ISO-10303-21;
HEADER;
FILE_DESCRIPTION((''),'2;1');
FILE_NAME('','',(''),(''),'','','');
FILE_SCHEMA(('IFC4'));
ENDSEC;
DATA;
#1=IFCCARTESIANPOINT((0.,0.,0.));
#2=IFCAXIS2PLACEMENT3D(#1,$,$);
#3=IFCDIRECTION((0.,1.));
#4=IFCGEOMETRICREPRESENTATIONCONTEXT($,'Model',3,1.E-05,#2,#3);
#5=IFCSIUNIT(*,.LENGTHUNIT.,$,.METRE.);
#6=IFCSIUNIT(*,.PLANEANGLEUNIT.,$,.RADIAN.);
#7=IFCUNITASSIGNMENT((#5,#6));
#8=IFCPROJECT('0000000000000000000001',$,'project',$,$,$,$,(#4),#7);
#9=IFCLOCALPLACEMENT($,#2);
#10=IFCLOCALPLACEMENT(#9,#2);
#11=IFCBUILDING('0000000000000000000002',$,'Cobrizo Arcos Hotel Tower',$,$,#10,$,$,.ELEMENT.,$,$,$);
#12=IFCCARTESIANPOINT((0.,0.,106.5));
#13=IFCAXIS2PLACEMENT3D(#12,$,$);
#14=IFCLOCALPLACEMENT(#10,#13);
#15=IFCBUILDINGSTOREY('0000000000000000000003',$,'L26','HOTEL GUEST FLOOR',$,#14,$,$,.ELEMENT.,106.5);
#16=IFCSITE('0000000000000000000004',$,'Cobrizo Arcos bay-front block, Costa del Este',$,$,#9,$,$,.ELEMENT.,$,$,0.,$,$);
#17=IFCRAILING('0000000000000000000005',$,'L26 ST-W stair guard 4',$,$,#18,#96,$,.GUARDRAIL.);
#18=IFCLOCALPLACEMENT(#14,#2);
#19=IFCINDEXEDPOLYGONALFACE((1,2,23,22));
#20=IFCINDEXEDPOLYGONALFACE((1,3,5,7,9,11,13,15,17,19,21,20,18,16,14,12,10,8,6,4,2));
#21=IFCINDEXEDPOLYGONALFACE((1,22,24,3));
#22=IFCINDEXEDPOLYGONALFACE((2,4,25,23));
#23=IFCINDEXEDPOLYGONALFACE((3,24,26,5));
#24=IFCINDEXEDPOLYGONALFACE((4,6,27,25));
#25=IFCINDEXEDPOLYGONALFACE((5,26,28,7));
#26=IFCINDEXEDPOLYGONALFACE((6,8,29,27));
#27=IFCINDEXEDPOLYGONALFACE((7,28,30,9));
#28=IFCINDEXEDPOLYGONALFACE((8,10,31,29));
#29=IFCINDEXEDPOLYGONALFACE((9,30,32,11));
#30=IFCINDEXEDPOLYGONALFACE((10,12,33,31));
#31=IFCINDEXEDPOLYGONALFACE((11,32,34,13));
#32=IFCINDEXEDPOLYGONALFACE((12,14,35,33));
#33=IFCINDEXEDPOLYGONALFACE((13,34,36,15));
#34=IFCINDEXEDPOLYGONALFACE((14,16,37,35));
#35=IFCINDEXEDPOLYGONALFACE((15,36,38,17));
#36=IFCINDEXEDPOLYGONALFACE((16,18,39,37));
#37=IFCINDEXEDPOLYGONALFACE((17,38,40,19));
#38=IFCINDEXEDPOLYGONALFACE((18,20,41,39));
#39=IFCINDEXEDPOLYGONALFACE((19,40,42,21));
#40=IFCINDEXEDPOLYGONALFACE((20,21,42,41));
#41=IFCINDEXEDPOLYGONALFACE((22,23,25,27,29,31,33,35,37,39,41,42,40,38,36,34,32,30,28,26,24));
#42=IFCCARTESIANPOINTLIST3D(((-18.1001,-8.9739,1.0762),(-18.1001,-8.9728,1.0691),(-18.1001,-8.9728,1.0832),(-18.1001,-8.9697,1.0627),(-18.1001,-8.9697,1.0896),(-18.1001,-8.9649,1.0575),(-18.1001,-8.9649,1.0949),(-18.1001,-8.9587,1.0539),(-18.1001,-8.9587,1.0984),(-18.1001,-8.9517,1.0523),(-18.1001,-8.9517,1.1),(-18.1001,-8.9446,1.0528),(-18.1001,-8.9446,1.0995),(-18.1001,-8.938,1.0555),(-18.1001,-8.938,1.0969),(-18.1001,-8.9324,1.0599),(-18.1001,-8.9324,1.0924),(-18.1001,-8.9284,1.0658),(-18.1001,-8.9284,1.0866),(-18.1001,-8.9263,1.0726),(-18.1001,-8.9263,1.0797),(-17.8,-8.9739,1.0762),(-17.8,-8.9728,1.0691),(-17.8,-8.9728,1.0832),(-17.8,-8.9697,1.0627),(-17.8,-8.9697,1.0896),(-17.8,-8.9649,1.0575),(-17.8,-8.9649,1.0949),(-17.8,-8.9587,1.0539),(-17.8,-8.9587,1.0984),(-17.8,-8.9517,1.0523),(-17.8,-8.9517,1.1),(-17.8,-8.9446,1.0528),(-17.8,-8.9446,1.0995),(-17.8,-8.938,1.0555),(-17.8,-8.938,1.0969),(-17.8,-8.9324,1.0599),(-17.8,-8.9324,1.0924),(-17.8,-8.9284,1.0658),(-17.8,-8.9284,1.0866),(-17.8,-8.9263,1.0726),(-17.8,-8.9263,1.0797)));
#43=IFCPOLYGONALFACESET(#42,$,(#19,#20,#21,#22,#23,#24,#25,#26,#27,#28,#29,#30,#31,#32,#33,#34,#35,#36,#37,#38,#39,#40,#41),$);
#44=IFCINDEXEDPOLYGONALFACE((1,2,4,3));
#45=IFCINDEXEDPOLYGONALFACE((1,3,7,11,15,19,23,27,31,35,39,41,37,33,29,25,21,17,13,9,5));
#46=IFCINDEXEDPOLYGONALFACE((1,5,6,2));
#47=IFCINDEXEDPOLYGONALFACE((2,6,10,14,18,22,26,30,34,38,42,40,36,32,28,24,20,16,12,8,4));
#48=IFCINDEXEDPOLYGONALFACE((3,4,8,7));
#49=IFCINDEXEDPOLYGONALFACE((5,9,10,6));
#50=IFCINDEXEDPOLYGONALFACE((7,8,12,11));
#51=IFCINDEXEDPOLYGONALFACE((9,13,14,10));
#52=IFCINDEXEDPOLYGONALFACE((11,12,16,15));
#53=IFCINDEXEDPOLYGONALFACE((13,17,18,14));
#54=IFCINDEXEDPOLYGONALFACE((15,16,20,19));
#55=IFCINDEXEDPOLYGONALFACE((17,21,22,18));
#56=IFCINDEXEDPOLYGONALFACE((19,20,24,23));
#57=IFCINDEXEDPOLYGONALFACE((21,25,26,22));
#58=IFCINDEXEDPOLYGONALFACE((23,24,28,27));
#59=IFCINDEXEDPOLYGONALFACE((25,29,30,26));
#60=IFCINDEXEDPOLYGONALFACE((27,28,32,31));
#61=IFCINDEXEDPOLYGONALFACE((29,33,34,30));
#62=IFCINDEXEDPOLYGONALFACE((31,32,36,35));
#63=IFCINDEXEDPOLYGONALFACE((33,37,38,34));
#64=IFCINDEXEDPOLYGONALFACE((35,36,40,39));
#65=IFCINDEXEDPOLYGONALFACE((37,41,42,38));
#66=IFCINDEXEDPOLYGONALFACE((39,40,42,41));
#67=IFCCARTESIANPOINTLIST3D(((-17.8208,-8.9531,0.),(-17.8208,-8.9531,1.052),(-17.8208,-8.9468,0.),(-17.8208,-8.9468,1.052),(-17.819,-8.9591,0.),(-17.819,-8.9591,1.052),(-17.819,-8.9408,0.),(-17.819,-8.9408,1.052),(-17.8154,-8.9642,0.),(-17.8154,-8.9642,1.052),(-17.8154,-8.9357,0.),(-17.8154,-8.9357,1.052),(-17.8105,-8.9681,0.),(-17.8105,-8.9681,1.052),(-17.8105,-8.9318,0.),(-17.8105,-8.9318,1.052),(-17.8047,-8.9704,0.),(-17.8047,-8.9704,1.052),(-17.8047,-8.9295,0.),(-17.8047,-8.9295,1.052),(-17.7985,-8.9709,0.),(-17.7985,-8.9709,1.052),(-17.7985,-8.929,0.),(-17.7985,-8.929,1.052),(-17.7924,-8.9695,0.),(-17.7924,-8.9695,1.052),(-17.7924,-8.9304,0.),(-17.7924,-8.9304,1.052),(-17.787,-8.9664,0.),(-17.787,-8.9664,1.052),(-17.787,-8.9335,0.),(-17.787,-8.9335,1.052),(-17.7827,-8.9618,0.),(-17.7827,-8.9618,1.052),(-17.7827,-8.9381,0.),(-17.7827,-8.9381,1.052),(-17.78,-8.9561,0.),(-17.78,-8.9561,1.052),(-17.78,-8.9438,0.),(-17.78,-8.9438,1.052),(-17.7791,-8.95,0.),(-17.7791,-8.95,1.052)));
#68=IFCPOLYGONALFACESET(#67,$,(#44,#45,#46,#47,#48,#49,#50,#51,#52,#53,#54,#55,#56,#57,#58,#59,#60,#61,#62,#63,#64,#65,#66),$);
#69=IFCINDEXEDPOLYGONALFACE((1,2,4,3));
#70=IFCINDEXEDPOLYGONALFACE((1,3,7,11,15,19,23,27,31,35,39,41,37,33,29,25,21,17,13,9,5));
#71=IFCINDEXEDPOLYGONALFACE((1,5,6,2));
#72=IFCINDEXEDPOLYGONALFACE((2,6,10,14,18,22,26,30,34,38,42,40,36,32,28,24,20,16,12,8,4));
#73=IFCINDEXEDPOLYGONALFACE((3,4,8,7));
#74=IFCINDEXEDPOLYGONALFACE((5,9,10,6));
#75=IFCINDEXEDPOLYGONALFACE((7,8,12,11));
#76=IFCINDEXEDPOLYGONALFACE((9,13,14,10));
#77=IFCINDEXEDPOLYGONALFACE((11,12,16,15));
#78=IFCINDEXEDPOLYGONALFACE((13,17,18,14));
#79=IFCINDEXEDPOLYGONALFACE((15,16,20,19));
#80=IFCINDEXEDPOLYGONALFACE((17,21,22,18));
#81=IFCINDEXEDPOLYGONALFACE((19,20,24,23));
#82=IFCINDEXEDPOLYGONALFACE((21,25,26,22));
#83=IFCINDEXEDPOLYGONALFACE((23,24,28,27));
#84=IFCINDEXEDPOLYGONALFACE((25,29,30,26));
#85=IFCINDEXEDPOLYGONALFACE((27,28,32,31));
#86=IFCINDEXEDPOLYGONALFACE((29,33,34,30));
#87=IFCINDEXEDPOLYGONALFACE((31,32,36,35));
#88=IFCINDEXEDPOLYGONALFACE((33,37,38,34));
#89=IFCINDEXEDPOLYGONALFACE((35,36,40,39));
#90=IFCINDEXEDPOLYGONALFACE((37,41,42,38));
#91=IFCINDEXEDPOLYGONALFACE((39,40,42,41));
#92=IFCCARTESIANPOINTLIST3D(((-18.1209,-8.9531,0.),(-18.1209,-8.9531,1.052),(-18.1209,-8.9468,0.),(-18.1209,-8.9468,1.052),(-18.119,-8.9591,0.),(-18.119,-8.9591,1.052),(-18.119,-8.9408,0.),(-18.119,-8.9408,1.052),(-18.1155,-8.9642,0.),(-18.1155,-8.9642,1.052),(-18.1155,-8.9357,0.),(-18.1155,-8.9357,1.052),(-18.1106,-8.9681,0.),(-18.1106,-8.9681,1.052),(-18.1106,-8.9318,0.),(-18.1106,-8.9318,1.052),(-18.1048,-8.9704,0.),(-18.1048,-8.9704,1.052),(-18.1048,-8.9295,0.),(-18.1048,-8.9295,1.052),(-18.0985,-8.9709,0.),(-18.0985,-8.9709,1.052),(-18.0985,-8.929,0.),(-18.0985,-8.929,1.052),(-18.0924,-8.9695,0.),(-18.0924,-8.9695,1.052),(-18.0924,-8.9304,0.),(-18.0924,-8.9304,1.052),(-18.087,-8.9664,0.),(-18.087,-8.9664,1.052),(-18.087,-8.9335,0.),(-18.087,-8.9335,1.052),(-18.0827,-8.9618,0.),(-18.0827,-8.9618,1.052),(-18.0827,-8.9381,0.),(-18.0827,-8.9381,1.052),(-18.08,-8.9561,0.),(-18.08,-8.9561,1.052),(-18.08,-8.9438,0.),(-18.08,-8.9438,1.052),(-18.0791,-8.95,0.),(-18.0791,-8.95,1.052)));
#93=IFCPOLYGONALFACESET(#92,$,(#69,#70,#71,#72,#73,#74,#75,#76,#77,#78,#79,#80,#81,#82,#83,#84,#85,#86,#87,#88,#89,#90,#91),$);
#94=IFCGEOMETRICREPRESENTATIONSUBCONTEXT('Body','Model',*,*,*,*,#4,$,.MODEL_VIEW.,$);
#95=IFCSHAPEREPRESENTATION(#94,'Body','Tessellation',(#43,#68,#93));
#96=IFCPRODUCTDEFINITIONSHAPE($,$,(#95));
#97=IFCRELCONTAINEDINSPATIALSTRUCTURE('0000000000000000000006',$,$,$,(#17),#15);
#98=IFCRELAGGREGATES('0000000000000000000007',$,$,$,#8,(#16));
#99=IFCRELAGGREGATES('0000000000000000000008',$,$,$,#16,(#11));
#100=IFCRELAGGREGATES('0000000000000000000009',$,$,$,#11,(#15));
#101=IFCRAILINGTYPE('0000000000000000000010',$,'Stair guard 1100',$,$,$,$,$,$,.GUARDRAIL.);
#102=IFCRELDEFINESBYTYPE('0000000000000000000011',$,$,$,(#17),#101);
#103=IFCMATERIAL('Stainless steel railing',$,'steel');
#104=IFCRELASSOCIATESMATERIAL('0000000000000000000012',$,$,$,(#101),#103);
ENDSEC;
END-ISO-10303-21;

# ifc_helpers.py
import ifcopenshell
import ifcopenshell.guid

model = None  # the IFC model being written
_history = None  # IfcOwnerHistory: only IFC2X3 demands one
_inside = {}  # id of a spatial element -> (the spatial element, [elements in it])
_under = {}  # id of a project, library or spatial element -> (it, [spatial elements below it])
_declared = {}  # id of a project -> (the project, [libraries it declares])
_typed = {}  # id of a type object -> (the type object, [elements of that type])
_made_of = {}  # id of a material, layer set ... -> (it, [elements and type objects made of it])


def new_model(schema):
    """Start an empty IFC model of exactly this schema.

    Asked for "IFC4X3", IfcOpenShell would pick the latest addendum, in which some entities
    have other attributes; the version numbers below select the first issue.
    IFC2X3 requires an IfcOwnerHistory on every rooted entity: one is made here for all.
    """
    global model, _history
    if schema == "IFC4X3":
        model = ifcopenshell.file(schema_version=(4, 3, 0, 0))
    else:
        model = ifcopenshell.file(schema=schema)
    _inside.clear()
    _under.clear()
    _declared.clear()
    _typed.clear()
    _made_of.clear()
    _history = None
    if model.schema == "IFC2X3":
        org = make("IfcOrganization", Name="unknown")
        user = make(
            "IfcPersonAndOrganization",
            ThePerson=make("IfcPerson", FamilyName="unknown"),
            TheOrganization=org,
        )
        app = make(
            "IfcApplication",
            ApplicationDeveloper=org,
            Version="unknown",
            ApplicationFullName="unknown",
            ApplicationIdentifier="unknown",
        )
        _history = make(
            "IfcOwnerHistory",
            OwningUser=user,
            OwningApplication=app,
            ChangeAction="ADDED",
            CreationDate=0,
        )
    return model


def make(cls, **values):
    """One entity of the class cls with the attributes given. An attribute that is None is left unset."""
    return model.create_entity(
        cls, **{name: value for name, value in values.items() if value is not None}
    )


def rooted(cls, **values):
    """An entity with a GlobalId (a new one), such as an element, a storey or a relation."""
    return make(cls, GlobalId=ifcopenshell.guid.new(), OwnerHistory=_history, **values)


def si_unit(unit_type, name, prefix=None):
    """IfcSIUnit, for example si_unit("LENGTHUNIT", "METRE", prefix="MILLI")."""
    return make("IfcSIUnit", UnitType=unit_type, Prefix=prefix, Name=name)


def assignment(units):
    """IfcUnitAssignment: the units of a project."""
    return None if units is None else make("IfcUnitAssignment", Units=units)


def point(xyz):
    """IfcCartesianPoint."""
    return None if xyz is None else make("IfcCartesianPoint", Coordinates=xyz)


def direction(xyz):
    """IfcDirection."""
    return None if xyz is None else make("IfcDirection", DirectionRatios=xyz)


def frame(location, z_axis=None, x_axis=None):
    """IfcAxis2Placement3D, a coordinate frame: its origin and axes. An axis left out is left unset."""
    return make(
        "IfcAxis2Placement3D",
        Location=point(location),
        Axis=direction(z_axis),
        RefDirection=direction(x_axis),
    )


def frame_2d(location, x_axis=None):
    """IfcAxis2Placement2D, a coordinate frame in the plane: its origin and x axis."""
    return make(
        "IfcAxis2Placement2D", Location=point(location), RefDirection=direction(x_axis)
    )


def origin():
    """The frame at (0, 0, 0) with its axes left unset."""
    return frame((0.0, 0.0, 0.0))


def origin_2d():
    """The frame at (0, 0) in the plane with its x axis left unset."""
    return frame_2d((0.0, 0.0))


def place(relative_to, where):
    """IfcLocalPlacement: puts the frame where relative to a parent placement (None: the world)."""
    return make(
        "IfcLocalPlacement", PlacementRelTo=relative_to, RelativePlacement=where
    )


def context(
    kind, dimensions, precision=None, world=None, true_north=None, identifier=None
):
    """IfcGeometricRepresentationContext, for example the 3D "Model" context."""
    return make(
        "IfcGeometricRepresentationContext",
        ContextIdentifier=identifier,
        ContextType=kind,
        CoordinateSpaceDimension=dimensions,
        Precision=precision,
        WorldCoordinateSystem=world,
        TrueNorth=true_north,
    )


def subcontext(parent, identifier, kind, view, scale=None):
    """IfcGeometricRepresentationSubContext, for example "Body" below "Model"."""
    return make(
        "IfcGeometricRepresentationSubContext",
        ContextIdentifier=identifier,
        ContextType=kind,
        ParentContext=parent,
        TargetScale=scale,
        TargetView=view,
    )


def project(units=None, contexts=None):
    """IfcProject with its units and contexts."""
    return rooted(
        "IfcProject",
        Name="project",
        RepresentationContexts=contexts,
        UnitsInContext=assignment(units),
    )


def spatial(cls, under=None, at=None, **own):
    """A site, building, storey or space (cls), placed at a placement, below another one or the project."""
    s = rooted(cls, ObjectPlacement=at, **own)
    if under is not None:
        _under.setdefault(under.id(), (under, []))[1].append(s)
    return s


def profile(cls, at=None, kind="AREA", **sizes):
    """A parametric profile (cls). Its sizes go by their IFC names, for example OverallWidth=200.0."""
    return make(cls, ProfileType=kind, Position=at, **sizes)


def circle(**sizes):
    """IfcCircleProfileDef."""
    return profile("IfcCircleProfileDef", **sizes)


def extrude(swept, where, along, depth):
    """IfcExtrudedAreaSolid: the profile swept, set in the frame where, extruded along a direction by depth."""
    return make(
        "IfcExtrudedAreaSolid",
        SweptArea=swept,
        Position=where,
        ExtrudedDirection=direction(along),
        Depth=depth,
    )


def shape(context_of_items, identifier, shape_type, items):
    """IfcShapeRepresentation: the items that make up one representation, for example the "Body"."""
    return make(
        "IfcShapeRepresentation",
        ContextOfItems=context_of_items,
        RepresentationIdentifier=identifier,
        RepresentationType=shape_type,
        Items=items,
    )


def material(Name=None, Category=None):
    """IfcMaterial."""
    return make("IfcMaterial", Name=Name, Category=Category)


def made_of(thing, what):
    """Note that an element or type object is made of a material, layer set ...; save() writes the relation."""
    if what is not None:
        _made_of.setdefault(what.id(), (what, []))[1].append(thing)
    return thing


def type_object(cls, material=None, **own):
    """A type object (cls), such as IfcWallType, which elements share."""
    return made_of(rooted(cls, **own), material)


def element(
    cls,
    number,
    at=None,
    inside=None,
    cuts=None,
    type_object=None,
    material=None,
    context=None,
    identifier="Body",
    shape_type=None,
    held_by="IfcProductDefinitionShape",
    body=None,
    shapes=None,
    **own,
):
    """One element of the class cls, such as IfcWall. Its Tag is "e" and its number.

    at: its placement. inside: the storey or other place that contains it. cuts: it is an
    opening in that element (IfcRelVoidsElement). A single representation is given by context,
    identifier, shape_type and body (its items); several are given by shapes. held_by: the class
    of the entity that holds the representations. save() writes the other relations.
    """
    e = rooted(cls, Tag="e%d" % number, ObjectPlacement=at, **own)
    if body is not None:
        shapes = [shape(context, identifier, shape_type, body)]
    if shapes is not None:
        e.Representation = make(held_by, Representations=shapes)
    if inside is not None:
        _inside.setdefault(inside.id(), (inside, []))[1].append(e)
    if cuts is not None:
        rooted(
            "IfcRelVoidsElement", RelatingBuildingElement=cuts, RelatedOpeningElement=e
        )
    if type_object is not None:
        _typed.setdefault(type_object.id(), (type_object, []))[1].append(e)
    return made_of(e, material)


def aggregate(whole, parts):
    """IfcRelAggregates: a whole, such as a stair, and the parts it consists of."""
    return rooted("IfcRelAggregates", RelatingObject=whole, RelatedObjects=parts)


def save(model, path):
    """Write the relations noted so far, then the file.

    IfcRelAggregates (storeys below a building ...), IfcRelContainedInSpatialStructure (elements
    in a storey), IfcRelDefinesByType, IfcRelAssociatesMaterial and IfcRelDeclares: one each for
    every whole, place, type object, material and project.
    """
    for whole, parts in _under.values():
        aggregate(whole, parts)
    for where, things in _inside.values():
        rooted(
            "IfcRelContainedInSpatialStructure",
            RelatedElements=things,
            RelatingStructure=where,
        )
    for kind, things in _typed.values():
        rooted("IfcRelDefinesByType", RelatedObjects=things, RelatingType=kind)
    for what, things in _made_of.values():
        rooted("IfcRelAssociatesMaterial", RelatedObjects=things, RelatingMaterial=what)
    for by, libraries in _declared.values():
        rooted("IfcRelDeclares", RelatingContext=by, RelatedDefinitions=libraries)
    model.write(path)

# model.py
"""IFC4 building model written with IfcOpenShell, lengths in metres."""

from ifc_helpers import new_model, si_unit, direction, frame, origin, origin_2d, place, context, subcontext, project, spatial, circle, extrude, material, type_object, element, save


model = new_model("IFC4")

# Units and contexts
model_context = context("Model", 3, precision=1e-05, world=origin(), true_north=direction((0.0, 1.0)))
body_context = subcontext(model_context, "Body", "Model", "MODEL_VIEW")
ifc_project = project(units=[si_unit("LENGTHUNIT", "METRE"), si_unit("PLANEANGLEUNIT", "RADIAN")], contexts=[model_context])

# Site, building, storey
site_placement = place(None, origin())
site = spatial("IfcSite", under=ifc_project, at=site_placement, Name="Cobrizo Arcos bay-front block, Costa del Este", CompositionType="ELEMENT", RefElevation=0.0)
building_placement = place(site_placement, origin())
building = spatial("IfcBuilding", under=site, at=building_placement, Name="Cobrizo Arcos Hotel Tower", CompositionType="ELEMENT")
storey_placement = place(building_placement, frame((0.0, 0.0, 106.5)))
storey = spatial("IfcBuildingStorey", under=building, at=storey_placement, Name="L26", Description="HOTEL GUEST FLOOR", CompositionType="ELEMENT", Elevation=106.5)

# Railing
ifc_material_1 = material(Name="Stainless steel railing", Category="steel")
railing_type_1 = type_object("IfcRailingType", Name="Stair guard 1100", PredefinedType="GUARDRAIL", material=ifc_material_1)
railing_1_placement = place(storey_placement, frame((-17.8, -8.95, 0.0)))
element("IfcRailing", 1, at=railing_1_placement, inside=storey, type_object=railing_type_1, Name="L26 ST-W stair guard 4", PredefinedType="GUARDRAIL", context=body_context, shape_type="SweptSolid", body=[
    extrude(circle(Radius=0.0239, at=origin_2d()), frame((0.0, 0.0, 1.0762), z_axis=(-1.0, 0.0, 0.0), x_axis=(0.0, -1.0, 0.0)), (0.0, 0.0, 1.0), 0.3),
    extrude(circle(Radius=0.021, at=origin_2d()), origin(), (0.0, 0.0, 1.0), 1.052),
    extrude(circle(Radius=0.021, at=origin_2d()), frame((-0.3, 0.0, 0.0)), (0.0, 0.0, 1.0), 1.052),
])

save(model, "model.ifc")
